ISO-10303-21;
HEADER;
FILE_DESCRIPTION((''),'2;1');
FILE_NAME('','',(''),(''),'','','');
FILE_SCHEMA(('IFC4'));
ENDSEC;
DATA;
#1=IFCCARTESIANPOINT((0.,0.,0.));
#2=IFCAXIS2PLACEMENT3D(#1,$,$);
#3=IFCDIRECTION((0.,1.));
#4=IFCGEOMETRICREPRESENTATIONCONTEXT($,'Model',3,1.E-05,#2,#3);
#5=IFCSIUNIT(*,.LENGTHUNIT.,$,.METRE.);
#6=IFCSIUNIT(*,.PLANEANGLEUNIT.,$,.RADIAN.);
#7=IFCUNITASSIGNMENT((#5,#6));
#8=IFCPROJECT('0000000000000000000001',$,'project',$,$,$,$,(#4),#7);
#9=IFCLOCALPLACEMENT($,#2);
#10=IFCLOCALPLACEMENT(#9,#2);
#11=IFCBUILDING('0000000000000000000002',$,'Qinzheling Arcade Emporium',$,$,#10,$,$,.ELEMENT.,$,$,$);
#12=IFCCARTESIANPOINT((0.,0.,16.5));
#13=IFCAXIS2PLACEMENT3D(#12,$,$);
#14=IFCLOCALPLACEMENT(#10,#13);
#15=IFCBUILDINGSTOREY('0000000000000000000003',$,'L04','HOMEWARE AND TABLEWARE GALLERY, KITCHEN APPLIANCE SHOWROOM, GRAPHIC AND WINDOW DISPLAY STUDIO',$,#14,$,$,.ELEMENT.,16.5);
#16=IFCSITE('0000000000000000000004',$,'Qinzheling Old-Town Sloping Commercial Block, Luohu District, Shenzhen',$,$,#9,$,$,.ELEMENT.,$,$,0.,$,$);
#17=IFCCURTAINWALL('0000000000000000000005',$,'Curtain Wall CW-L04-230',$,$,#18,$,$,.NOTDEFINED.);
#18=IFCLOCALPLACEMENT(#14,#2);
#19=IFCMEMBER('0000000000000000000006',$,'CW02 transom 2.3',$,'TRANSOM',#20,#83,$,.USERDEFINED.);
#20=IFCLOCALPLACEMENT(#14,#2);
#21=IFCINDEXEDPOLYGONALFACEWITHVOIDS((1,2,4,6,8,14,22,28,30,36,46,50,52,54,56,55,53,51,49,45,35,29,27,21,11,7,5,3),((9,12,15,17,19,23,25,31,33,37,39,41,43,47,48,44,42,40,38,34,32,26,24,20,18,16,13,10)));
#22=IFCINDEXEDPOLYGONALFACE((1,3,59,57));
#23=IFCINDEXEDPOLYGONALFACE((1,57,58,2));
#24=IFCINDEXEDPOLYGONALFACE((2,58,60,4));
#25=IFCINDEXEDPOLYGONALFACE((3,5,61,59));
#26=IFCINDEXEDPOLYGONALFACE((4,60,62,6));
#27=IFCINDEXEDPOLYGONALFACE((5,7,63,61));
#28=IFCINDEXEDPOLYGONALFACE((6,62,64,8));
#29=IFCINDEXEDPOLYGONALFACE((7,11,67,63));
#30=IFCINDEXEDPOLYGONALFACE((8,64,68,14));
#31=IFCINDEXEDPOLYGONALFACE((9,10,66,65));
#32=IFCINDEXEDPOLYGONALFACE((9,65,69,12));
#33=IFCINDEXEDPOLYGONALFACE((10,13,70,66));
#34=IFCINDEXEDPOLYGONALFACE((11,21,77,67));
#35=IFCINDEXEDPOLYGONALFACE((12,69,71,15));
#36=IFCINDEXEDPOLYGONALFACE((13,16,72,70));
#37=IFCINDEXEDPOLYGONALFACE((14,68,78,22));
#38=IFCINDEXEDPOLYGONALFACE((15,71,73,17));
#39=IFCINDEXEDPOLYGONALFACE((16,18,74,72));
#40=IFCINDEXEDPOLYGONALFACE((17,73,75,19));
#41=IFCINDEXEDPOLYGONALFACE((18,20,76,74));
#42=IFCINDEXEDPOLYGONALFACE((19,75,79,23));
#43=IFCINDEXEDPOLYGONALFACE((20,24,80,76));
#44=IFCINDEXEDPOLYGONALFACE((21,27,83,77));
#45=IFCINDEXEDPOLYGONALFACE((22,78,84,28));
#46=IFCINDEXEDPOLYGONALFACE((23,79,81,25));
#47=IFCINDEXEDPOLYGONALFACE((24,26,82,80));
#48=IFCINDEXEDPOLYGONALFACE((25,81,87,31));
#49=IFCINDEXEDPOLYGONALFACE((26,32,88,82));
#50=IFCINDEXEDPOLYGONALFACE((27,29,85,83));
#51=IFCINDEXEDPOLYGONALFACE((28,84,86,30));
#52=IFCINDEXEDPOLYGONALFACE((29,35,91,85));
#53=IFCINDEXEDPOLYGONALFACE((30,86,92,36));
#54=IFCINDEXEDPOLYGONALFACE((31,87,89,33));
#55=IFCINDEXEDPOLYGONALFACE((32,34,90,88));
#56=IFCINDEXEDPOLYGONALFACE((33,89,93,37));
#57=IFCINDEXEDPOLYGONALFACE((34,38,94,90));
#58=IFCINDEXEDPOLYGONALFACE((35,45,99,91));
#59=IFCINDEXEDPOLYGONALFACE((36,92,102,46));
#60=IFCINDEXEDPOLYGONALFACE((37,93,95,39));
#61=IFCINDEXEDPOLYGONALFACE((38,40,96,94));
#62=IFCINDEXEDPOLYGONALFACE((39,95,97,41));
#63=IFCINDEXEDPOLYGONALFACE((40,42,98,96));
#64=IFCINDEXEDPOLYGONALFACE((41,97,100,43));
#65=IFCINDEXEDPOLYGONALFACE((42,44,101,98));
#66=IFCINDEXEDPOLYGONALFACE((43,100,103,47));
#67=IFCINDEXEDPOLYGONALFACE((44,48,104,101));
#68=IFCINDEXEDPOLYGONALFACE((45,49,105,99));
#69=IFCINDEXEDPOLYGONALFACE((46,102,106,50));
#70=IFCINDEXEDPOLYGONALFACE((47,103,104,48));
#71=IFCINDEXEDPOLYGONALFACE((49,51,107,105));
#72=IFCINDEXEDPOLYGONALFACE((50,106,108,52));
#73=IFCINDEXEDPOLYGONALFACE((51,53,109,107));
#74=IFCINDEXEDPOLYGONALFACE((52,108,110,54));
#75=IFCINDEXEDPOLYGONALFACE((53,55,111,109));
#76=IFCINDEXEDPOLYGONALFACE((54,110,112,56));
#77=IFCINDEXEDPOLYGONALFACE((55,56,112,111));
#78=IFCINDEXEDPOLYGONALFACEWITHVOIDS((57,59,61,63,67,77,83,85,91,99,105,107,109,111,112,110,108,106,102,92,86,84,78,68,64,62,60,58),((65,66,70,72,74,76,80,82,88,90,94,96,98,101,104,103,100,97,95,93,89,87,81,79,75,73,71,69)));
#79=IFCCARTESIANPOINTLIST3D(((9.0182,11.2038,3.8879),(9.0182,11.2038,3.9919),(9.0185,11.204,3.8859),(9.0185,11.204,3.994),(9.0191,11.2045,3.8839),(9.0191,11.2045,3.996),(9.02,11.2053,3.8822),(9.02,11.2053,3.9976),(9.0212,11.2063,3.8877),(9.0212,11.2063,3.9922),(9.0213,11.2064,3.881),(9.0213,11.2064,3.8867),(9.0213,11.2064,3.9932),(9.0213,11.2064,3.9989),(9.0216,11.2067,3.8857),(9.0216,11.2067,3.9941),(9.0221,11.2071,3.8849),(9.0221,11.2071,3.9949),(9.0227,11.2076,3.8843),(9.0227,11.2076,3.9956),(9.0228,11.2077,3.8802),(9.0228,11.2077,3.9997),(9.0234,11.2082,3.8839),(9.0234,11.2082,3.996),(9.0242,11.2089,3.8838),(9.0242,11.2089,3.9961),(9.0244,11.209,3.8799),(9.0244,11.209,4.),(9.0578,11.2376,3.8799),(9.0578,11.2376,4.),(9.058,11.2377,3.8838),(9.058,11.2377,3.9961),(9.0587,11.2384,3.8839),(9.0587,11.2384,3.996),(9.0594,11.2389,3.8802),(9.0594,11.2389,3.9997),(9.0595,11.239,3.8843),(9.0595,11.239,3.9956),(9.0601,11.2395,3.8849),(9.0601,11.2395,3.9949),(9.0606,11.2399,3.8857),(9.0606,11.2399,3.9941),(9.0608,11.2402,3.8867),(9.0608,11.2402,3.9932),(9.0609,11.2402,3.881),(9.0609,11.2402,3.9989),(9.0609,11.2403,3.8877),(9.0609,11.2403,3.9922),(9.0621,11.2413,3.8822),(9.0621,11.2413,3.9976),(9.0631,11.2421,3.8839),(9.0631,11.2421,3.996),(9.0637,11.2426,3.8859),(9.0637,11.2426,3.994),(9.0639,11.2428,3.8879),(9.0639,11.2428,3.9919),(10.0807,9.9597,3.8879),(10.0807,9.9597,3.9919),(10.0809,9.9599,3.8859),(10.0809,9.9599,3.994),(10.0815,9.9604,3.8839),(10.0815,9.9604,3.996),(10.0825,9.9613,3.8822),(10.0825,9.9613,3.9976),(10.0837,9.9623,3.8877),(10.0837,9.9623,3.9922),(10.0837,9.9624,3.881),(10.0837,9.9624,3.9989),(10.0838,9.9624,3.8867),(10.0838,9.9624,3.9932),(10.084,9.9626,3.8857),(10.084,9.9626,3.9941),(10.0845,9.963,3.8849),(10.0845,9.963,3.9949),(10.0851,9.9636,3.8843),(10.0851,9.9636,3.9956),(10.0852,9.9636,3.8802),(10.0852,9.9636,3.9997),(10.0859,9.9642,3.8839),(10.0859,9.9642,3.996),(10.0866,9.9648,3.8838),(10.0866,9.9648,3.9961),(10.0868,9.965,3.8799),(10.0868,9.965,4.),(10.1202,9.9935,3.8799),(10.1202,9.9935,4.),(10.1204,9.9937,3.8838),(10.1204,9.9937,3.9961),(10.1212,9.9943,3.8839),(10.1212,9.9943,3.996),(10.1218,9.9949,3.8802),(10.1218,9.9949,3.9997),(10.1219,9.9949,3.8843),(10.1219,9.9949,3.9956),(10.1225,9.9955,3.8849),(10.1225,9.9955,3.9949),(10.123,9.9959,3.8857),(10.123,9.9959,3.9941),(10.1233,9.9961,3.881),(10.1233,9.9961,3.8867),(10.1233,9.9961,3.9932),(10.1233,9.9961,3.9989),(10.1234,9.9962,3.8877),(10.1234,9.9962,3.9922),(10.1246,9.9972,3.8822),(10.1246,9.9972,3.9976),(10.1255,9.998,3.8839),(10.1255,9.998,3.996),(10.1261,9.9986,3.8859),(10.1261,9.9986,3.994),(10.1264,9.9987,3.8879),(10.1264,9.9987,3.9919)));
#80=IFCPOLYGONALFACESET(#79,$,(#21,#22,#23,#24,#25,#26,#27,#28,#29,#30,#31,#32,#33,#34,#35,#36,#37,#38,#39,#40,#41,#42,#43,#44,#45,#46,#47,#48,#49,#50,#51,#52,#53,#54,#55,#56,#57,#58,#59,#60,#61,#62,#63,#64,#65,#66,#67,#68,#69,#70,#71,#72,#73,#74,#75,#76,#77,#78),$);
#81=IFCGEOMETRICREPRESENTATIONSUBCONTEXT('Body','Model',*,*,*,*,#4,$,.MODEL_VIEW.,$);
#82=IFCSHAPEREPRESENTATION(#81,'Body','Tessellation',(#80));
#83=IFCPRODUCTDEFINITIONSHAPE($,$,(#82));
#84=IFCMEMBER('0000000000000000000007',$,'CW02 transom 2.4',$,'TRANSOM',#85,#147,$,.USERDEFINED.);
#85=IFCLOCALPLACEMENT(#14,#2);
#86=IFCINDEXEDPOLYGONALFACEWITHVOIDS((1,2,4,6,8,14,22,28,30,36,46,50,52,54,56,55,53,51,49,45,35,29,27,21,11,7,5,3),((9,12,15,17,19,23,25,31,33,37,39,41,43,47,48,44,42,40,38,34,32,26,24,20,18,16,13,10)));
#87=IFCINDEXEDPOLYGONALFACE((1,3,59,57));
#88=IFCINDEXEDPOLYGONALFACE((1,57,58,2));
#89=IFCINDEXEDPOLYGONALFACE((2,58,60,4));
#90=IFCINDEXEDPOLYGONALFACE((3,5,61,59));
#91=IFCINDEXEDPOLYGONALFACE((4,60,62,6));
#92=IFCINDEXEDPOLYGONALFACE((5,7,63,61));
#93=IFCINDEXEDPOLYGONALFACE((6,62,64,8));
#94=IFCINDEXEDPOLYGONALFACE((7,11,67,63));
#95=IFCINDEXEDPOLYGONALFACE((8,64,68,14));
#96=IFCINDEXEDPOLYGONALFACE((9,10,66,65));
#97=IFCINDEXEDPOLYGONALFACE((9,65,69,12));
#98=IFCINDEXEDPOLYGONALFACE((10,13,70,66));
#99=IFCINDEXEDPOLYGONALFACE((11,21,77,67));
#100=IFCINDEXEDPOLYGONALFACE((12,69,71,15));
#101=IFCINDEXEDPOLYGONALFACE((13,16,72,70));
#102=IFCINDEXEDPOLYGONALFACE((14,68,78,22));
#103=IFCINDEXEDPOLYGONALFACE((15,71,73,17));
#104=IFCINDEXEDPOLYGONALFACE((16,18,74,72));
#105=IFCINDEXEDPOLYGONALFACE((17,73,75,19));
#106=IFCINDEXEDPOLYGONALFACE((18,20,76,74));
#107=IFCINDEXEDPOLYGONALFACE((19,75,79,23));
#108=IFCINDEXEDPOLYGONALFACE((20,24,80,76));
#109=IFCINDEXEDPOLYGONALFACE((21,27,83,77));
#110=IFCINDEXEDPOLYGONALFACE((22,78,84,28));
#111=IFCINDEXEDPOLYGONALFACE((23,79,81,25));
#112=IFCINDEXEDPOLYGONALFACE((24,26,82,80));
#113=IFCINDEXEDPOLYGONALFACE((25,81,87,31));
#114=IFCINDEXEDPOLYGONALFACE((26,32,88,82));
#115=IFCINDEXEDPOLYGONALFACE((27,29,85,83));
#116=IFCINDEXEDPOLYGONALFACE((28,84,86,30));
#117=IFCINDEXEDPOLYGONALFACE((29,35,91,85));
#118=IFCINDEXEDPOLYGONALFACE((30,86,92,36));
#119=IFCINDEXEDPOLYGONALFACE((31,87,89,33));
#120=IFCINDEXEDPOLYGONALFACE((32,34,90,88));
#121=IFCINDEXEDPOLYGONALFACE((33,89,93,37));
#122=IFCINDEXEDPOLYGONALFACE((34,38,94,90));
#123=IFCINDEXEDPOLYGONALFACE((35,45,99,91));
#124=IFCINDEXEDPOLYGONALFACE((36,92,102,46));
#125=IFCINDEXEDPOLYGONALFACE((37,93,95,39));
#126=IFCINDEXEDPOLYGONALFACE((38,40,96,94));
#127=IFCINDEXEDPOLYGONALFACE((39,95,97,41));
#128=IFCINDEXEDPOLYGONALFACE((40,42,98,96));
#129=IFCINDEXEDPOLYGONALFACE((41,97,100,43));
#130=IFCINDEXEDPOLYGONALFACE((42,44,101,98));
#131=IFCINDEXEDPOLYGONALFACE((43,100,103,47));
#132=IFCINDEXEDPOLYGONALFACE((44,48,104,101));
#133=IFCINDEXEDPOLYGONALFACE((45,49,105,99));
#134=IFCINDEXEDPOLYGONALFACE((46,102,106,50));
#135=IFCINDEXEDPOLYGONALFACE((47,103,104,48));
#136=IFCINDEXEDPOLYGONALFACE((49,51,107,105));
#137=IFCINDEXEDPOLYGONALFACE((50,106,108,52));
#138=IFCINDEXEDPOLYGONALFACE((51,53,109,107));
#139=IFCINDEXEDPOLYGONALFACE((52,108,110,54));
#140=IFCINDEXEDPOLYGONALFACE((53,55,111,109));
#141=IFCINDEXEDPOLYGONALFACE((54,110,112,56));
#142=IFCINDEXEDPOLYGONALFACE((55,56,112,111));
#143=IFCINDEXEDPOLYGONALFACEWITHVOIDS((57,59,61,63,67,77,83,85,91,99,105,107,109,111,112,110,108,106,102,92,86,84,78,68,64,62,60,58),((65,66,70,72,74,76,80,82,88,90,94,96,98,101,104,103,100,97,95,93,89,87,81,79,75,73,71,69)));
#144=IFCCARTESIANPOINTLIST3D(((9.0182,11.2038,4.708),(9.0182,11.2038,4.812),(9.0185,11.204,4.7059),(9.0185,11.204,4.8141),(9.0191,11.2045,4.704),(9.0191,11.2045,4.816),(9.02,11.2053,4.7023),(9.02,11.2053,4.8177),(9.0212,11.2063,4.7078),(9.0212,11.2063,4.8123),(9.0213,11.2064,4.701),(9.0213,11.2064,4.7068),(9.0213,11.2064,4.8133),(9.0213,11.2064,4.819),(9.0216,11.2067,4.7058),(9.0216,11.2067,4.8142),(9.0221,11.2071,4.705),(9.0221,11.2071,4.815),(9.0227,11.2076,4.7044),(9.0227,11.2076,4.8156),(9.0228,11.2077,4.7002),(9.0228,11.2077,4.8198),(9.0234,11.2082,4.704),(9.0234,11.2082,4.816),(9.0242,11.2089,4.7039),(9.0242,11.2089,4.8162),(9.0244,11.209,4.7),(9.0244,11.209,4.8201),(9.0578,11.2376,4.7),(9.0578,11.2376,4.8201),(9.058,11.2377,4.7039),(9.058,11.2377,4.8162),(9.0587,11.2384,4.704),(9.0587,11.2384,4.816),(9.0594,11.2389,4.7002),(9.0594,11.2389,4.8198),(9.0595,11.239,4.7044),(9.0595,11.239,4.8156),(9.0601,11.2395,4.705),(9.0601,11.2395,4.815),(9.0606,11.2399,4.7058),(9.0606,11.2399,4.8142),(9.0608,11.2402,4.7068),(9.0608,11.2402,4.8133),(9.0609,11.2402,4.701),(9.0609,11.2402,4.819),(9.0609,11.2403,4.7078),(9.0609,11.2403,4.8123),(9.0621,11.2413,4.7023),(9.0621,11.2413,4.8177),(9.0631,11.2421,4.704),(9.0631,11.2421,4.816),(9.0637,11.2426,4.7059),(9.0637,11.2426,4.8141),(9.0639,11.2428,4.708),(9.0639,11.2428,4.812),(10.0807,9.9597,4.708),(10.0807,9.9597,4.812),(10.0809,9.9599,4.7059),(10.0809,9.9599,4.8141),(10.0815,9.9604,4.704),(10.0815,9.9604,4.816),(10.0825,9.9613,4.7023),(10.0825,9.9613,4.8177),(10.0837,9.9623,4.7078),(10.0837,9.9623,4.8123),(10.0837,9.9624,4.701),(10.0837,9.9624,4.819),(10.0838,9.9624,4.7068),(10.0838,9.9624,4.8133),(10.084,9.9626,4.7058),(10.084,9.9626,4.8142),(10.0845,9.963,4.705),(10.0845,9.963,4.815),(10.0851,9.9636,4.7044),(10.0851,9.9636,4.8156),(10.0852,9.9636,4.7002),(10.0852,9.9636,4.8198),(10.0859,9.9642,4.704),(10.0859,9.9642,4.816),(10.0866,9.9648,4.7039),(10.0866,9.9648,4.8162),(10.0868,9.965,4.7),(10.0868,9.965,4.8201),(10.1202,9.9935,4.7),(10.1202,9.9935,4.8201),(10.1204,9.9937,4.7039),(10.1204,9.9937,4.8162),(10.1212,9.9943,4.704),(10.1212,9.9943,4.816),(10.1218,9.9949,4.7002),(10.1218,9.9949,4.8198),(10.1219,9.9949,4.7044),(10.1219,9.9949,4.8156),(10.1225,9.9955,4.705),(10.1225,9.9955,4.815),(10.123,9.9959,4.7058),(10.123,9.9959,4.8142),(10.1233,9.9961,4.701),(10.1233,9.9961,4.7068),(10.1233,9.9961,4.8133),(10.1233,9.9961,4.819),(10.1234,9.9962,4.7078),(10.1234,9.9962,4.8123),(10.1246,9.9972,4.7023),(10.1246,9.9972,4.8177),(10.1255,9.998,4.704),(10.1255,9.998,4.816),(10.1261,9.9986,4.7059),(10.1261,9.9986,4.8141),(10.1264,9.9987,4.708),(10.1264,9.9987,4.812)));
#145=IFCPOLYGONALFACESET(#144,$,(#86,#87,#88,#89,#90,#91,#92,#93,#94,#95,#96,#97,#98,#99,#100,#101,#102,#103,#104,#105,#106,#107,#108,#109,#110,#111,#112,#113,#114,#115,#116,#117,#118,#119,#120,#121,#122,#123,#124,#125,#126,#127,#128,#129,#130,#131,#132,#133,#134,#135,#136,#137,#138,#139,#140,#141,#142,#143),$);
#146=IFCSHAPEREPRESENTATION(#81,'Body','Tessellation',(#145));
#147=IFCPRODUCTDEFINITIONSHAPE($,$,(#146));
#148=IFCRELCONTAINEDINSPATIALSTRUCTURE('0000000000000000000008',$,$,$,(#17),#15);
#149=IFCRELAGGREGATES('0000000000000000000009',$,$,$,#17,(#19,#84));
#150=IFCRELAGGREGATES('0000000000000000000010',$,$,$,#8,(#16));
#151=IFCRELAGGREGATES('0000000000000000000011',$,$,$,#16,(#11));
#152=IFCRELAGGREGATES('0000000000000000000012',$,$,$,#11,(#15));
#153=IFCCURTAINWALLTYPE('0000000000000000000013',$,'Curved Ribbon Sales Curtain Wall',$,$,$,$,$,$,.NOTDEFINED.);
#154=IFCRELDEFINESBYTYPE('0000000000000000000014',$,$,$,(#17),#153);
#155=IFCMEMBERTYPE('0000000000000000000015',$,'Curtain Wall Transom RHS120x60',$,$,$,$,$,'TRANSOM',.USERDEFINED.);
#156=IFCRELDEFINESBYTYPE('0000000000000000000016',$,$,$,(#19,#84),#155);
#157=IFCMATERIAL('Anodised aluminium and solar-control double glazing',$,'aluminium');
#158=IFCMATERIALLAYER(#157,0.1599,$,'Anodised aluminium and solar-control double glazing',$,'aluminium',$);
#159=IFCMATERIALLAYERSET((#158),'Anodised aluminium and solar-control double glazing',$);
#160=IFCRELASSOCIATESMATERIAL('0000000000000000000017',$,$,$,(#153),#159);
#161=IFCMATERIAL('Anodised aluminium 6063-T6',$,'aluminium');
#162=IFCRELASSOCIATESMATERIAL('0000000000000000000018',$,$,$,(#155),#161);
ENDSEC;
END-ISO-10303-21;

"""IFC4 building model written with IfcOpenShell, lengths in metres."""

from ifc_helpers import new_model, si_unit, direction, frame, origin, origin_2d, place, context, subcontext, project, spatial, hollow_rectangle, extrude, material, layer, layer_set, material_profile, profile_set, type_object, element, aggregate, save


model = new_model("IFC4")

# Units and contexts
model_context = context("Model", 3, precision=1e-05, world=origin(), true_north=direction((0.0, 1.0)))
body_context = subcontext(model_context, "Body", "Model", "MODEL_VIEW")
ifc_project = project(units=[si_unit("LENGTHUNIT", "METRE"), si_unit("PLANEANGLEUNIT", "RADIAN")], contexts=[model_context])

# Site, building, storey
site_placement = place(None, origin())
site = spatial("IfcSite", under=ifc_project, at=site_placement, Name="Qinzheling Old-Town Sloping Commercial Block, Luohu District, Shenzhen", CompositionType="ELEMENT", RefElevation=0.0)
building_placement = place(site_placement, origin())
building = spatial("IfcBuilding", under=site, at=building_placement, Name="Qinzheling Arcade Emporium", CompositionType="ELEMENT")
storey_placement = place(building_placement, frame((0.0, 0.0, 16.5)))
storey = spatial("IfcBuildingStorey", under=building, at=storey_placement, Name="L04", Description="HOMEWARE AND TABLEWARE GALLERY, KITCHEN APPLIANCE SHOWROOM, GRAPHIC AND WINDOW DISPLAY STUDIO", CompositionType="ELEMENT", Elevation=16.5)

# Shared definitions
ifc_material_1 = material(Name="Anodised aluminium and solar-control double glazing", Category="aluminium")
ifc_layer_1 = layer(ifc_material_1, 0.1599, Name="Anodised aluminium and solar-control double glazing", Category="aluminium")
ifc_layer_set_1 = layer_set([ifc_layer_1], Name="Anodised aluminium and solar-control double glazing")
curtain_wall_type = type_object("IfcCurtainWallType", Name="Curved Ribbon Sales Curtain Wall", PredefinedType="NOTDEFINED", material=ifc_layer_set_1)
ifc_material_2 = material(Name="Anodised aluminium 6063-T6", Category="aluminium")

# Curtain wall
curtain_wall_1_placement = place(storey_placement, origin())
curtain_wall_1 = element("IfcCurtainWall", 1, at=curtain_wall_1_placement, inside=storey, type_object=curtain_wall_type, Name="Curtain Wall CW-L04-230", PredefinedType="NOTDEFINED")

# Members
ifc_material_profile_1 = material_profile(ifc_material_2, hollow_rectangle(XDim=0.0601, YDim=0.1201, WallThickness=0.0039, InnerFilletRadius=0.0039, OuterFilletRadius=0.0081, at=origin_2d()), Name="RHS 120x60x4", Category="aluminium")
ifc_profile_set_1 = profile_set([ifc_material_profile_1], Name="Anodised aluminium 6063-T6")
member_type_1 = type_object("IfcMemberType", Name="Curtain Wall Transom RHS120x60", ElementType="TRANSOM", PredefinedType="USERDEFINED", material=ifc_profile_set_1)
member_1_placement = place(storey_placement, frame((10.1035, 9.9792, 3.9399), z_axis=(-0.649414, 0.760435, 0.0), x_axis=(-0.760435, -0.649414, 0.0)))
member_1 = element("IfcMember", 2, at=member_1_placement, type_object=member_type_1, Name="CW02 transom 2.3", ObjectType="TRANSOM", PredefinedType="USERDEFINED", context=body_context, shape_type="SweptSolid", body=[
    extrude(hollow_rectangle(XDim=0.0601, YDim=0.1201, WallThickness=0.0039, InnerFilletRadius=0.0039, OuterFilletRadius=0.0081, at=origin_2d()), origin(), (0.0, 0.0, 1.0), 1.636),
])
member_2_placement = place(storey_placement, frame((10.1035, 9.9792, 4.76), z_axis=(-0.649414, 0.760435, 0.0), x_axis=(-0.760435, -0.649414, 0.0)))
member_2 = element("IfcMember", 3, at=member_2_placement, type_object=member_type_1, Name="CW02 transom 2.4", ObjectType="TRANSOM", PredefinedType="USERDEFINED", context=body_context, shape_type="SweptSolid", body=[
    extrude(hollow_rectangle(XDim=0.0601, YDim=0.1201, WallThickness=0.0039, InnerFilletRadius=0.0039, OuterFilletRadius=0.0081, at=origin_2d()), origin(), (0.0, 0.0, 1.0), 1.636),
])

aggregate(curtain_wall_1, [member_1, member_2])

save(model, "model.ifc")
